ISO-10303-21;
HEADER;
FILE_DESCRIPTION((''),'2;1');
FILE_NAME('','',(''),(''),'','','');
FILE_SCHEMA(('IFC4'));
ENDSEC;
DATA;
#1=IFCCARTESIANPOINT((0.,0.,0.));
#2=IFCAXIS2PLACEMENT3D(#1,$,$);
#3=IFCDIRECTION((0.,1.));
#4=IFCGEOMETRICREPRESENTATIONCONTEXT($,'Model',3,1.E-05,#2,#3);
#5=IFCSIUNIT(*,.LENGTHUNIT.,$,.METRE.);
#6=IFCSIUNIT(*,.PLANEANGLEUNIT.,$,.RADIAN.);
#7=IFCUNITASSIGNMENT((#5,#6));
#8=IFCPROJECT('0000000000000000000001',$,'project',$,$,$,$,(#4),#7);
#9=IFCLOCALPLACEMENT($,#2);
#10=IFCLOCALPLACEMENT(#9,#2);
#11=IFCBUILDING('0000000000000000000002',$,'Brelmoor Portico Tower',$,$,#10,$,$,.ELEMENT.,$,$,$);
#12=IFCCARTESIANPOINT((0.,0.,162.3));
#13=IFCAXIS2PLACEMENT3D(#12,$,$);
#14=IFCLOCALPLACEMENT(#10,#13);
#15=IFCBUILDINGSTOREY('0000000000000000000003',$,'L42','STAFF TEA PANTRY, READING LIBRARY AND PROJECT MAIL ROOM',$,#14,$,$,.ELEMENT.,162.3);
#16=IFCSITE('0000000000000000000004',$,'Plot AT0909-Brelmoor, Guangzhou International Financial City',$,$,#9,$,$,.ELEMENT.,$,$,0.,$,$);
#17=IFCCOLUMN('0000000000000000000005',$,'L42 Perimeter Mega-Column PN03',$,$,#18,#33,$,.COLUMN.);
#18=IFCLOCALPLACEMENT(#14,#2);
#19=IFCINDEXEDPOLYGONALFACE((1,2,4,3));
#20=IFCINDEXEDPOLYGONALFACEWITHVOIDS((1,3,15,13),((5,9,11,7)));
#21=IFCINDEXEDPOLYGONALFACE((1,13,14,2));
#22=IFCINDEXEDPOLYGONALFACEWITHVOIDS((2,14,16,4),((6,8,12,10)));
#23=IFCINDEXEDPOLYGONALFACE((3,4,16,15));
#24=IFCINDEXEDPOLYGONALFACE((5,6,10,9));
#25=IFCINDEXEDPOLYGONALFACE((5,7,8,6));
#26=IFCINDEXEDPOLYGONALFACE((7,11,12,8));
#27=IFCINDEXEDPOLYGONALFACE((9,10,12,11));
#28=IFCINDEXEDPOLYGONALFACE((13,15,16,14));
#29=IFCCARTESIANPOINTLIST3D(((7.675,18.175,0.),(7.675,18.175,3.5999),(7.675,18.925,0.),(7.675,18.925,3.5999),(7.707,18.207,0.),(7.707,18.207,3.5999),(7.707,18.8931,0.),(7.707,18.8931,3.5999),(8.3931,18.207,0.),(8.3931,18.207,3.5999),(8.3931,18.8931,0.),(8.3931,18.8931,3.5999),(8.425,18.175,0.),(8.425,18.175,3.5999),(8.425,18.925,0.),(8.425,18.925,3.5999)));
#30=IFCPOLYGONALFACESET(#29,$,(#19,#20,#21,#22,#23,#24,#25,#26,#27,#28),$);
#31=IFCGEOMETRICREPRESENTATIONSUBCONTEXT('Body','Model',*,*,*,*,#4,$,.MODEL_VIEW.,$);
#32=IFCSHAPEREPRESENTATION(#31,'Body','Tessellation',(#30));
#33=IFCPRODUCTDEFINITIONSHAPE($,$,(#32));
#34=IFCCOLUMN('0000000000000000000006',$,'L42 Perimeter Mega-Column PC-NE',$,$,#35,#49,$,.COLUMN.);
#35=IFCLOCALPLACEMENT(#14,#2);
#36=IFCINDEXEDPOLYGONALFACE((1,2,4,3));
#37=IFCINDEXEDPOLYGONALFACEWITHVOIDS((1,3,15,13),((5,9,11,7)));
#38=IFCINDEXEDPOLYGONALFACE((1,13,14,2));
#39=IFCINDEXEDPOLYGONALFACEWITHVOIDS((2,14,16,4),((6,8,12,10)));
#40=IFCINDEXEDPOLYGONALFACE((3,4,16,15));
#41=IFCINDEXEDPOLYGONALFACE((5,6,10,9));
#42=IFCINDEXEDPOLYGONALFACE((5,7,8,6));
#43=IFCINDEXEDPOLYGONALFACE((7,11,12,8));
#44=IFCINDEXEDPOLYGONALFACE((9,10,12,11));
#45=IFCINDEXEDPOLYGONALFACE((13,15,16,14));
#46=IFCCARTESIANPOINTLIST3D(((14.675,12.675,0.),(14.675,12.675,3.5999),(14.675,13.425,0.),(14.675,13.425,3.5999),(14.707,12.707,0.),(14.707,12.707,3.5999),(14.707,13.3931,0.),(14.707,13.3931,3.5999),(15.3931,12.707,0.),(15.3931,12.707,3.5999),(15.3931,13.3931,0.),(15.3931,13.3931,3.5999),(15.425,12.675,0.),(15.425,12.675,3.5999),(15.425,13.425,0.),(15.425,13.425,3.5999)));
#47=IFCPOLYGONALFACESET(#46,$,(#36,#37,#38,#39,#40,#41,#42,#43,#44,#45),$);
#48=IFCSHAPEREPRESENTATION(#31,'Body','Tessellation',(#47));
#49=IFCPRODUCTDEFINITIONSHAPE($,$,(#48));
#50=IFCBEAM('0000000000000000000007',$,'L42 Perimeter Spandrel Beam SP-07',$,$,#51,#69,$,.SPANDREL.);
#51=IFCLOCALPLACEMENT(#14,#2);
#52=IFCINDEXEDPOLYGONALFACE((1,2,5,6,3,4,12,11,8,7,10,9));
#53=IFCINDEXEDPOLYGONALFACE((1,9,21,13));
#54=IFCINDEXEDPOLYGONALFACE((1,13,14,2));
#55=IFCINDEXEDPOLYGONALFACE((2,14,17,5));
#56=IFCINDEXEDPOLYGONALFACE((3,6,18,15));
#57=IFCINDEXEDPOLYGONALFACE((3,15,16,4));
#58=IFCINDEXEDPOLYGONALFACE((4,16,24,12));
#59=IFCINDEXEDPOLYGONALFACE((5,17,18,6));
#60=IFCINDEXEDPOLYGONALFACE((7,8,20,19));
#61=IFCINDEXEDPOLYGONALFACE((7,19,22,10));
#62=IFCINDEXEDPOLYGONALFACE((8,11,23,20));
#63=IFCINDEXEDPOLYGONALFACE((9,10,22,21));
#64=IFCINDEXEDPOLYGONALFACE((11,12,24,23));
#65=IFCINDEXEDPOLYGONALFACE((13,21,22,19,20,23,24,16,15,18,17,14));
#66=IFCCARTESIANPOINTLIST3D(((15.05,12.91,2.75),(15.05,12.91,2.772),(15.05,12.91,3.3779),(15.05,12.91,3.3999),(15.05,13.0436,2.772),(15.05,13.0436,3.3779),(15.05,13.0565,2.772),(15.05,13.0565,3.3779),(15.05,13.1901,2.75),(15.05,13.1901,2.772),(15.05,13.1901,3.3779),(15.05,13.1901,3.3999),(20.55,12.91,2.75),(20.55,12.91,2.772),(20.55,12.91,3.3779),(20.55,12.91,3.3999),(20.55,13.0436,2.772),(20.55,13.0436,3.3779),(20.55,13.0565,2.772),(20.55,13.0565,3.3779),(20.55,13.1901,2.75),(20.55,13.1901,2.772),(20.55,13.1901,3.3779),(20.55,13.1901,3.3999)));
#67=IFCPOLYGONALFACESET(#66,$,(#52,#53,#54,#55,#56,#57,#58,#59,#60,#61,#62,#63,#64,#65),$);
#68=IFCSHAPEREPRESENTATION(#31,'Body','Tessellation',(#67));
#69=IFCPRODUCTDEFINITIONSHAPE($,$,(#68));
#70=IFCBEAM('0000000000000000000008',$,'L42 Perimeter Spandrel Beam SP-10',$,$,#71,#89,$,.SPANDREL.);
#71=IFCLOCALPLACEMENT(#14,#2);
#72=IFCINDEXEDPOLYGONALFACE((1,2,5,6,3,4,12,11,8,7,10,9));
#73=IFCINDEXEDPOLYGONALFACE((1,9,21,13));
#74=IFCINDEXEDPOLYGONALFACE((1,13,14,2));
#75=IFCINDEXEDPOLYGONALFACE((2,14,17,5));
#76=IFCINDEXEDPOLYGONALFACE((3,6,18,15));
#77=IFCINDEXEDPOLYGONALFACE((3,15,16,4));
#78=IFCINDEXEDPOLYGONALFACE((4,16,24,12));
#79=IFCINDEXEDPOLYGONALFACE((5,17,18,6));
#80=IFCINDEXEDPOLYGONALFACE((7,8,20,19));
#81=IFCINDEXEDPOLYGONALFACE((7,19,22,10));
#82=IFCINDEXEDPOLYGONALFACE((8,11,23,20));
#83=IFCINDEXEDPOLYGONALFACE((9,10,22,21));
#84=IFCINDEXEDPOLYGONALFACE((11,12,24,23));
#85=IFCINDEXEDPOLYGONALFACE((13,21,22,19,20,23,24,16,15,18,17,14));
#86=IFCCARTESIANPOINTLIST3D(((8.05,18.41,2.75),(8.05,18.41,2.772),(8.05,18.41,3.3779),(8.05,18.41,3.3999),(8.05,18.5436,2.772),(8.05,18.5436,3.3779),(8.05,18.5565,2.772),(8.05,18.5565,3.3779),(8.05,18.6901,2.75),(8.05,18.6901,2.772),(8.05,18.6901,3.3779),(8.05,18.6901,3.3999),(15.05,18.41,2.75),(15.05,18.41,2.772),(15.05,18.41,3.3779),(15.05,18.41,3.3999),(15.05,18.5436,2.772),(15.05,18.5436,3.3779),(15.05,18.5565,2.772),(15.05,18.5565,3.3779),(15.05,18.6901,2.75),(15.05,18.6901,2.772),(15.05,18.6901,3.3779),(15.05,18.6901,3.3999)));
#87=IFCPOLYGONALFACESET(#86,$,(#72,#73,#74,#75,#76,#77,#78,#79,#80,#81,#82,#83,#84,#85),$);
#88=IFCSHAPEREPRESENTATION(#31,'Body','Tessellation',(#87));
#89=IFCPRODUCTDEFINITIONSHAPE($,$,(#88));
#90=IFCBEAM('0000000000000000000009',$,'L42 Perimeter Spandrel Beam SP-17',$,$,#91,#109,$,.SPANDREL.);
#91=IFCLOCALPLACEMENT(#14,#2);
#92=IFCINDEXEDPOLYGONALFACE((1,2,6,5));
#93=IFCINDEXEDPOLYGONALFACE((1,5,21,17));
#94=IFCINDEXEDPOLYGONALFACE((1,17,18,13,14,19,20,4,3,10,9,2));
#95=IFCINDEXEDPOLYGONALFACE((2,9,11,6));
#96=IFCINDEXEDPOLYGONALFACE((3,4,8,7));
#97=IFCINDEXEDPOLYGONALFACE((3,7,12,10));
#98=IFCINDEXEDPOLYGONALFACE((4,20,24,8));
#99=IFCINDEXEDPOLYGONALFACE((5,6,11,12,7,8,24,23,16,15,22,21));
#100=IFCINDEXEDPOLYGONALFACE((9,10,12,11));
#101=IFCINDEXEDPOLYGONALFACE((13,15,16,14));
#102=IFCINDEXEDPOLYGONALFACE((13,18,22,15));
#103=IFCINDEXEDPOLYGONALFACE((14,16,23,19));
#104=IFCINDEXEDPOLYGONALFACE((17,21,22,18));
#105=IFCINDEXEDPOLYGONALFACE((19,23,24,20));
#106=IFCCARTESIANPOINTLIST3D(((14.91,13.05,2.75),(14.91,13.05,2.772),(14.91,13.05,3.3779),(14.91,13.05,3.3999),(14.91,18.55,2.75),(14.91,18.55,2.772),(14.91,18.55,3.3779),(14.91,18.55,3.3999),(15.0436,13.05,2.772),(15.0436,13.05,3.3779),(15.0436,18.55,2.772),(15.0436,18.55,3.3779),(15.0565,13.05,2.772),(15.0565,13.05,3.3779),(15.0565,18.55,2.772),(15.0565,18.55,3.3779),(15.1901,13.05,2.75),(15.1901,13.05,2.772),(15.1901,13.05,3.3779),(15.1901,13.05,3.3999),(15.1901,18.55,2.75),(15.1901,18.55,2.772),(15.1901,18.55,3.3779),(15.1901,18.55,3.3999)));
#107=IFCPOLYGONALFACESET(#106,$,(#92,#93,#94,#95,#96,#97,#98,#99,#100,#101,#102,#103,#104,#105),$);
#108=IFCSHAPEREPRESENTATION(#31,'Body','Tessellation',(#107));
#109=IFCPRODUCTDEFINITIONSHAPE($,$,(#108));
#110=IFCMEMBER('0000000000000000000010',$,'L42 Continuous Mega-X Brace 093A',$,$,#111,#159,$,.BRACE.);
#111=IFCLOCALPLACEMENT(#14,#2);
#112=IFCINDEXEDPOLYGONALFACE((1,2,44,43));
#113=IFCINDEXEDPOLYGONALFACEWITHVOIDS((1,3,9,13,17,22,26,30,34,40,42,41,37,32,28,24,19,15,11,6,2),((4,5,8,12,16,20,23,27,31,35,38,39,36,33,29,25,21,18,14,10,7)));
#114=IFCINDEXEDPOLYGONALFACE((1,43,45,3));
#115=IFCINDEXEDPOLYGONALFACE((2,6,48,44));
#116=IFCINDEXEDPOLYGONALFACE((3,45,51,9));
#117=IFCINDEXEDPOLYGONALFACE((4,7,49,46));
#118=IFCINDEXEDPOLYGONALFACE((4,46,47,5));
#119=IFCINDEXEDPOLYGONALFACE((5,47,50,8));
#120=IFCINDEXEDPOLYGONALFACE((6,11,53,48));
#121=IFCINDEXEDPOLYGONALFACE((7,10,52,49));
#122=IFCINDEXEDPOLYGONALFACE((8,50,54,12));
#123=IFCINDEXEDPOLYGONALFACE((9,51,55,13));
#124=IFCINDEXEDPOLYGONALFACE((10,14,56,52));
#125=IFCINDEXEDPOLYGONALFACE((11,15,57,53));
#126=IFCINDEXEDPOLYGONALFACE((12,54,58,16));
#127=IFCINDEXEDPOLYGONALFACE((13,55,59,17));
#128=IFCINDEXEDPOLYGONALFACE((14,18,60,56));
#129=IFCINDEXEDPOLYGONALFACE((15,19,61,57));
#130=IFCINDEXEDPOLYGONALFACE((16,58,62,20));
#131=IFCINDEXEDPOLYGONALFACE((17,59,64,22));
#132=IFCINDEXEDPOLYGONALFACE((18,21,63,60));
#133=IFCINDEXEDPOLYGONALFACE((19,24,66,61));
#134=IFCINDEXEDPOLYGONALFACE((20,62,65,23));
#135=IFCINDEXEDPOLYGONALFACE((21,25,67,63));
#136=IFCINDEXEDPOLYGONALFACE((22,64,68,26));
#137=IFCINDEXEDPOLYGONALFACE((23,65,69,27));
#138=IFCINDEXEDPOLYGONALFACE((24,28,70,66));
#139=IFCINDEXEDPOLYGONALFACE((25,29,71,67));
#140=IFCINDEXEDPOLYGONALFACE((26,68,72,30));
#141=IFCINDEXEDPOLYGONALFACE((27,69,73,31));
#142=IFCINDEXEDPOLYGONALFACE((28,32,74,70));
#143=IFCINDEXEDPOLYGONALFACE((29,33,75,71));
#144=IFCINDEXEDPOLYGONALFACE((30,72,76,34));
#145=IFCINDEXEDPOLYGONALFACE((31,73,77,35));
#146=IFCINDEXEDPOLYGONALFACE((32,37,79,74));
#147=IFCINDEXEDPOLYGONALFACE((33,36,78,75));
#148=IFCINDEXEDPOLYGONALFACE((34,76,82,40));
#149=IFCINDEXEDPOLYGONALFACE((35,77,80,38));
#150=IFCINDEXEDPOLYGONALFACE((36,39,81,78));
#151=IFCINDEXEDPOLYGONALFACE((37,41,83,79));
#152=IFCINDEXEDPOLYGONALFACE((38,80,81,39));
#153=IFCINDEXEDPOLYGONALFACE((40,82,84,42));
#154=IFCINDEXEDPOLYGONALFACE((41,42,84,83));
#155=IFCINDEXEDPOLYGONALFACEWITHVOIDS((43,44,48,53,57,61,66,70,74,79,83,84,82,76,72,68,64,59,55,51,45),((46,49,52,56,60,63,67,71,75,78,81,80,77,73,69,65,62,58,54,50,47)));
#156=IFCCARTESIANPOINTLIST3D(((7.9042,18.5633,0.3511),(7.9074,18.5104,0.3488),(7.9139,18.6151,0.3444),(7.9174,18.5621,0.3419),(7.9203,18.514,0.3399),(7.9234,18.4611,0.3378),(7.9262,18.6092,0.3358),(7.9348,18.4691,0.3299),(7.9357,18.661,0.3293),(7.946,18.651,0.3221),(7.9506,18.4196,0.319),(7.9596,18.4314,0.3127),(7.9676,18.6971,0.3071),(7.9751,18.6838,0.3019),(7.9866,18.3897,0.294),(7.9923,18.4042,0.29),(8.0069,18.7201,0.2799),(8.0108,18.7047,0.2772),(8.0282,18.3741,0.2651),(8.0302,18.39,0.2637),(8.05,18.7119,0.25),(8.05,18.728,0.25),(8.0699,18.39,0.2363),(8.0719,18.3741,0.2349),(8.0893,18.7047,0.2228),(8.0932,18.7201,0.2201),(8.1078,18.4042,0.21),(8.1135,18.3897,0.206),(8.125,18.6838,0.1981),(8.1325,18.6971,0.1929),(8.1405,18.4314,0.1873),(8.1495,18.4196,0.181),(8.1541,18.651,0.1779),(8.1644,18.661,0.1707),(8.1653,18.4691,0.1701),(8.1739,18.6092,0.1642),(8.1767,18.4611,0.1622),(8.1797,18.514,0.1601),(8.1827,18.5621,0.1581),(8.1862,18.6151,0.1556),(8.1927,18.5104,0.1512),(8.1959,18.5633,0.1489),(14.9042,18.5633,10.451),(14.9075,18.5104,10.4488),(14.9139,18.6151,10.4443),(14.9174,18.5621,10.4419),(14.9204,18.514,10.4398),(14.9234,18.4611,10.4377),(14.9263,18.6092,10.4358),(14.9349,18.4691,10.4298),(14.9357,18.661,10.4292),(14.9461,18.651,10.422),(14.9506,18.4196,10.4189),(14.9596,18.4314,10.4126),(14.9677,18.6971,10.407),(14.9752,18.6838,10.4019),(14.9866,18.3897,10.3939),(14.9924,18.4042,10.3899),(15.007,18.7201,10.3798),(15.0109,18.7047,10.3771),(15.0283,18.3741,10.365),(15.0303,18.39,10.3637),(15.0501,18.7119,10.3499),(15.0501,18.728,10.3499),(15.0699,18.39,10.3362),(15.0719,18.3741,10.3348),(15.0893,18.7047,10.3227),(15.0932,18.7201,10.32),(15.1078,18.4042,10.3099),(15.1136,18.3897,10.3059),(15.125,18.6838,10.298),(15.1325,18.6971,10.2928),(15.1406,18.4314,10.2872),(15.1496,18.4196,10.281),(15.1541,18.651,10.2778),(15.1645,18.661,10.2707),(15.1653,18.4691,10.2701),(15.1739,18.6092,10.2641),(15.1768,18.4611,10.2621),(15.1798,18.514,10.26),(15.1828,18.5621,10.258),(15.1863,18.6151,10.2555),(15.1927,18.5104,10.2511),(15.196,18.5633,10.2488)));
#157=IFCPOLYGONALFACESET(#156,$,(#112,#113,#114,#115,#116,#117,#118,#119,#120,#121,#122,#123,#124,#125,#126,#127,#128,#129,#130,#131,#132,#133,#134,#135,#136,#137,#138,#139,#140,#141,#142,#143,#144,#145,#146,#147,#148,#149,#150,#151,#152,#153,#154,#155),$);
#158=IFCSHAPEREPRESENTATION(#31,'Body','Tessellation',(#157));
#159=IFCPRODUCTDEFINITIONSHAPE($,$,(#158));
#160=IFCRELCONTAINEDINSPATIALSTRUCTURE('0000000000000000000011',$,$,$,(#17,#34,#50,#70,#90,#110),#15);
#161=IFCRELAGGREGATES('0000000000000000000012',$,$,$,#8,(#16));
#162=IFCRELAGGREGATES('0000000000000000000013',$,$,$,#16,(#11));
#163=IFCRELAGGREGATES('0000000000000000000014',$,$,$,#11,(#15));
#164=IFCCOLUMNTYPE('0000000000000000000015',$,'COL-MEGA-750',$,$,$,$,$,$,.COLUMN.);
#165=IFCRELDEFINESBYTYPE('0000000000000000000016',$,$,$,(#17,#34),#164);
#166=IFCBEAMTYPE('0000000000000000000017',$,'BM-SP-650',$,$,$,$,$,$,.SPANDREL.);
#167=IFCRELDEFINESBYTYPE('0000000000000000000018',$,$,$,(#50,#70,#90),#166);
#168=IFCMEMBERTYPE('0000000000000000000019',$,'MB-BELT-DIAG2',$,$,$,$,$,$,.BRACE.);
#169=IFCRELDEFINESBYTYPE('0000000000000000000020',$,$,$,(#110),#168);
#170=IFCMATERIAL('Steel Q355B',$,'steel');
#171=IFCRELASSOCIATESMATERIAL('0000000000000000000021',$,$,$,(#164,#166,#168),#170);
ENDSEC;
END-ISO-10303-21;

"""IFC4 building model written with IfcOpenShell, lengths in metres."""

from ifc_helpers import new_model, si_unit, direction, frame, origin, origin_2d, place, context, subcontext, project, spatial, hollow_rectangle, hollow_circle, i_section, extrude, material, material_profile, profile_set, type_object, element, save


model = new_model("IFC4")

# Units and contexts
model_context = context("Model", 3, precision=1e-05, world=origin(), true_north=direction((0.0, 1.0)))
body_context = subcontext(model_context, "Body", "Model", "MODEL_VIEW")
ifc_project = project(units=[si_unit("LENGTHUNIT", "METRE"), si_unit("PLANEANGLEUNIT", "RADIAN")], contexts=[model_context])

# Site, building, storey
site_placement = place(None, origin())
site = spatial("IfcSite", under=ifc_project, at=site_placement, Name="Plot AT0909-Brelmoor, Guangzhou International Financial City", CompositionType="ELEMENT", RefElevation=0.0)
building_placement = place(site_placement, origin())
building = spatial("IfcBuilding", under=site, at=building_placement, Name="Brelmoor Portico Tower", CompositionType="ELEMENT")
storey_placement = place(building_placement, frame((0.0, 0.0, 162.3)))
storey = spatial("IfcBuildingStorey", under=building, at=storey_placement, Name="L42", Description="STAFF TEA PANTRY, READING LIBRARY AND PROJECT MAIL ROOM", CompositionType="ELEMENT", Elevation=162.3)

# Columns
ifc_material_1 = material(Name="Steel Q355B", Category="steel")
ifc_material_profile_1 = material_profile(ifc_material_1, hollow_rectangle(XDim=0.75, YDim=0.75, WallThickness=0.032, at=origin_2d()), Name="BOX 750x750x32")
ifc_profile_set_1 = profile_set([ifc_material_profile_1], Name="Steel Q355B")
column_type = type_object("IfcColumnType", Name="COL-MEGA-750", PredefinedType="COLUMN", material=ifc_profile_set_1)
for number, where, z_axis, x_axis, name in (
    (1, (8.05, 18.55, 0.0), (0.0, 0.0, 1.0), (1.0, 0.0, 0.0), "L42 Perimeter Mega-Column PN03"),
    (2, (15.05, 13.05, 0.0), (0.0, 0.0, 1.0), (1.0, 0.0, 0.0), "L42 Perimeter Mega-Column PC-NE"),
):
    element("IfcColumn", number, at=place(storey_placement, frame(where, z_axis=z_axis, x_axis=x_axis)), inside=storey, type_object=column_type, Name=name, PredefinedType="COLUMN", context=body_context, shape_type="SweptSolid", body=[
        extrude(hollow_rectangle(XDim=0.75, YDim=0.75, WallThickness=0.032, at=origin_2d()), origin(), (0.0, 0.0, 1.0), 3.5999),
    ])

# Beams
ifc_material_profile_2 = material_profile(ifc_material_1, i_section(OverallWidth=0.28, OverallDepth=0.6499, WebThickness=0.0129, FlangeThickness=0.022, at=origin_2d()), Name="HN 650x280x13x22")
ifc_profile_set_2 = profile_set([ifc_material_profile_2], Name="Steel Q355B")
beam_type = type_object("IfcBeamType", Name="BM-SP-650", PredefinedType="SPANDREL", material=ifc_profile_set_2)
beam_1_placement = place(storey_placement, frame((15.05, 13.05, 3.075), z_axis=(1.0, 0.0, 0.0), x_axis=(0.0, 1.0, 0.0)))
element("IfcBeam", 3, at=beam_1_placement, inside=storey, type_object=beam_type, Name="L42 Perimeter Spandrel Beam SP-07", PredefinedType="SPANDREL", context=body_context, shape_type="SweptSolid", body=[
    extrude(i_section(OverallWidth=0.28, OverallDepth=0.6499, WebThickness=0.0129, FlangeThickness=0.022, at=origin_2d()), origin(), (0.0, 0.0, 1.0), 5.5),
])
beam_2_placement = place(storey_placement, frame((8.05, 18.55, 3.075), z_axis=(1.0, 0.0, 0.0), x_axis=(0.0, 1.0, 0.0)))
element("IfcBeam", 4, at=beam_2_placement, inside=storey, type_object=beam_type, Name="L42 Perimeter Spandrel Beam SP-10", PredefinedType="SPANDREL", context=body_context, shape_type="SweptSolid", body=[
    extrude(i_section(OverallWidth=0.28, OverallDepth=0.6499, WebThickness=0.0129, FlangeThickness=0.022, at=origin_2d()), origin(), (0.0, 0.0, 1.0), 7.0),
])
beam_3_placement = place(storey_placement, frame((15.05, 13.05, 3.075), z_axis=(0.0, 1.0, 0.0), x_axis=(-1.0, 0.0, 0.0)))
element("IfcBeam", 5, at=beam_3_placement, inside=storey, type_object=beam_type, Name="L42 Perimeter Spandrel Beam SP-17", PredefinedType="SPANDREL", context=body_context, shape_type="SweptSolid", body=[
    extrude(i_section(OverallWidth=0.28, OverallDepth=0.6499, WebThickness=0.0129, FlangeThickness=0.022, at=origin_2d()), origin(), (0.0, 0.0, 1.0), 5.5),
])

# Member
ifc_material_profile_3 = material_profile(ifc_material_1, hollow_circle(Radius=0.178, WallThickness=0.0161, at=origin_2d()), Name="CHS 356x16")
ifc_profile_set_3 = profile_set([ifc_material_profile_3], Name="Steel Q355B")
member_type_1 = type_object("IfcMemberType", Name="MB-BELT-DIAG2", PredefinedType="BRACE", material=ifc_profile_set_3)
member_1_placement = place(storey_placement, frame((8.05, 18.55, 0.25), z_axis=(0.569639, 0.0, 0.821895), x_axis=(0.0, 1.0, 0.0)))
element("IfcMember", 6, at=member_1_placement, inside=storey, type_object=member_type_1, Name="L42 Continuous Mega-X Brace 093A", PredefinedType="BRACE", context=body_context, shape_type="SweptSolid", body=[
    extrude(hollow_circle(Radius=0.178, WallThickness=0.0161, at=origin_2d()), origin(), (0.0, 0.0, 1.0), 12.2886),
])

save(model, "model.ifc")
